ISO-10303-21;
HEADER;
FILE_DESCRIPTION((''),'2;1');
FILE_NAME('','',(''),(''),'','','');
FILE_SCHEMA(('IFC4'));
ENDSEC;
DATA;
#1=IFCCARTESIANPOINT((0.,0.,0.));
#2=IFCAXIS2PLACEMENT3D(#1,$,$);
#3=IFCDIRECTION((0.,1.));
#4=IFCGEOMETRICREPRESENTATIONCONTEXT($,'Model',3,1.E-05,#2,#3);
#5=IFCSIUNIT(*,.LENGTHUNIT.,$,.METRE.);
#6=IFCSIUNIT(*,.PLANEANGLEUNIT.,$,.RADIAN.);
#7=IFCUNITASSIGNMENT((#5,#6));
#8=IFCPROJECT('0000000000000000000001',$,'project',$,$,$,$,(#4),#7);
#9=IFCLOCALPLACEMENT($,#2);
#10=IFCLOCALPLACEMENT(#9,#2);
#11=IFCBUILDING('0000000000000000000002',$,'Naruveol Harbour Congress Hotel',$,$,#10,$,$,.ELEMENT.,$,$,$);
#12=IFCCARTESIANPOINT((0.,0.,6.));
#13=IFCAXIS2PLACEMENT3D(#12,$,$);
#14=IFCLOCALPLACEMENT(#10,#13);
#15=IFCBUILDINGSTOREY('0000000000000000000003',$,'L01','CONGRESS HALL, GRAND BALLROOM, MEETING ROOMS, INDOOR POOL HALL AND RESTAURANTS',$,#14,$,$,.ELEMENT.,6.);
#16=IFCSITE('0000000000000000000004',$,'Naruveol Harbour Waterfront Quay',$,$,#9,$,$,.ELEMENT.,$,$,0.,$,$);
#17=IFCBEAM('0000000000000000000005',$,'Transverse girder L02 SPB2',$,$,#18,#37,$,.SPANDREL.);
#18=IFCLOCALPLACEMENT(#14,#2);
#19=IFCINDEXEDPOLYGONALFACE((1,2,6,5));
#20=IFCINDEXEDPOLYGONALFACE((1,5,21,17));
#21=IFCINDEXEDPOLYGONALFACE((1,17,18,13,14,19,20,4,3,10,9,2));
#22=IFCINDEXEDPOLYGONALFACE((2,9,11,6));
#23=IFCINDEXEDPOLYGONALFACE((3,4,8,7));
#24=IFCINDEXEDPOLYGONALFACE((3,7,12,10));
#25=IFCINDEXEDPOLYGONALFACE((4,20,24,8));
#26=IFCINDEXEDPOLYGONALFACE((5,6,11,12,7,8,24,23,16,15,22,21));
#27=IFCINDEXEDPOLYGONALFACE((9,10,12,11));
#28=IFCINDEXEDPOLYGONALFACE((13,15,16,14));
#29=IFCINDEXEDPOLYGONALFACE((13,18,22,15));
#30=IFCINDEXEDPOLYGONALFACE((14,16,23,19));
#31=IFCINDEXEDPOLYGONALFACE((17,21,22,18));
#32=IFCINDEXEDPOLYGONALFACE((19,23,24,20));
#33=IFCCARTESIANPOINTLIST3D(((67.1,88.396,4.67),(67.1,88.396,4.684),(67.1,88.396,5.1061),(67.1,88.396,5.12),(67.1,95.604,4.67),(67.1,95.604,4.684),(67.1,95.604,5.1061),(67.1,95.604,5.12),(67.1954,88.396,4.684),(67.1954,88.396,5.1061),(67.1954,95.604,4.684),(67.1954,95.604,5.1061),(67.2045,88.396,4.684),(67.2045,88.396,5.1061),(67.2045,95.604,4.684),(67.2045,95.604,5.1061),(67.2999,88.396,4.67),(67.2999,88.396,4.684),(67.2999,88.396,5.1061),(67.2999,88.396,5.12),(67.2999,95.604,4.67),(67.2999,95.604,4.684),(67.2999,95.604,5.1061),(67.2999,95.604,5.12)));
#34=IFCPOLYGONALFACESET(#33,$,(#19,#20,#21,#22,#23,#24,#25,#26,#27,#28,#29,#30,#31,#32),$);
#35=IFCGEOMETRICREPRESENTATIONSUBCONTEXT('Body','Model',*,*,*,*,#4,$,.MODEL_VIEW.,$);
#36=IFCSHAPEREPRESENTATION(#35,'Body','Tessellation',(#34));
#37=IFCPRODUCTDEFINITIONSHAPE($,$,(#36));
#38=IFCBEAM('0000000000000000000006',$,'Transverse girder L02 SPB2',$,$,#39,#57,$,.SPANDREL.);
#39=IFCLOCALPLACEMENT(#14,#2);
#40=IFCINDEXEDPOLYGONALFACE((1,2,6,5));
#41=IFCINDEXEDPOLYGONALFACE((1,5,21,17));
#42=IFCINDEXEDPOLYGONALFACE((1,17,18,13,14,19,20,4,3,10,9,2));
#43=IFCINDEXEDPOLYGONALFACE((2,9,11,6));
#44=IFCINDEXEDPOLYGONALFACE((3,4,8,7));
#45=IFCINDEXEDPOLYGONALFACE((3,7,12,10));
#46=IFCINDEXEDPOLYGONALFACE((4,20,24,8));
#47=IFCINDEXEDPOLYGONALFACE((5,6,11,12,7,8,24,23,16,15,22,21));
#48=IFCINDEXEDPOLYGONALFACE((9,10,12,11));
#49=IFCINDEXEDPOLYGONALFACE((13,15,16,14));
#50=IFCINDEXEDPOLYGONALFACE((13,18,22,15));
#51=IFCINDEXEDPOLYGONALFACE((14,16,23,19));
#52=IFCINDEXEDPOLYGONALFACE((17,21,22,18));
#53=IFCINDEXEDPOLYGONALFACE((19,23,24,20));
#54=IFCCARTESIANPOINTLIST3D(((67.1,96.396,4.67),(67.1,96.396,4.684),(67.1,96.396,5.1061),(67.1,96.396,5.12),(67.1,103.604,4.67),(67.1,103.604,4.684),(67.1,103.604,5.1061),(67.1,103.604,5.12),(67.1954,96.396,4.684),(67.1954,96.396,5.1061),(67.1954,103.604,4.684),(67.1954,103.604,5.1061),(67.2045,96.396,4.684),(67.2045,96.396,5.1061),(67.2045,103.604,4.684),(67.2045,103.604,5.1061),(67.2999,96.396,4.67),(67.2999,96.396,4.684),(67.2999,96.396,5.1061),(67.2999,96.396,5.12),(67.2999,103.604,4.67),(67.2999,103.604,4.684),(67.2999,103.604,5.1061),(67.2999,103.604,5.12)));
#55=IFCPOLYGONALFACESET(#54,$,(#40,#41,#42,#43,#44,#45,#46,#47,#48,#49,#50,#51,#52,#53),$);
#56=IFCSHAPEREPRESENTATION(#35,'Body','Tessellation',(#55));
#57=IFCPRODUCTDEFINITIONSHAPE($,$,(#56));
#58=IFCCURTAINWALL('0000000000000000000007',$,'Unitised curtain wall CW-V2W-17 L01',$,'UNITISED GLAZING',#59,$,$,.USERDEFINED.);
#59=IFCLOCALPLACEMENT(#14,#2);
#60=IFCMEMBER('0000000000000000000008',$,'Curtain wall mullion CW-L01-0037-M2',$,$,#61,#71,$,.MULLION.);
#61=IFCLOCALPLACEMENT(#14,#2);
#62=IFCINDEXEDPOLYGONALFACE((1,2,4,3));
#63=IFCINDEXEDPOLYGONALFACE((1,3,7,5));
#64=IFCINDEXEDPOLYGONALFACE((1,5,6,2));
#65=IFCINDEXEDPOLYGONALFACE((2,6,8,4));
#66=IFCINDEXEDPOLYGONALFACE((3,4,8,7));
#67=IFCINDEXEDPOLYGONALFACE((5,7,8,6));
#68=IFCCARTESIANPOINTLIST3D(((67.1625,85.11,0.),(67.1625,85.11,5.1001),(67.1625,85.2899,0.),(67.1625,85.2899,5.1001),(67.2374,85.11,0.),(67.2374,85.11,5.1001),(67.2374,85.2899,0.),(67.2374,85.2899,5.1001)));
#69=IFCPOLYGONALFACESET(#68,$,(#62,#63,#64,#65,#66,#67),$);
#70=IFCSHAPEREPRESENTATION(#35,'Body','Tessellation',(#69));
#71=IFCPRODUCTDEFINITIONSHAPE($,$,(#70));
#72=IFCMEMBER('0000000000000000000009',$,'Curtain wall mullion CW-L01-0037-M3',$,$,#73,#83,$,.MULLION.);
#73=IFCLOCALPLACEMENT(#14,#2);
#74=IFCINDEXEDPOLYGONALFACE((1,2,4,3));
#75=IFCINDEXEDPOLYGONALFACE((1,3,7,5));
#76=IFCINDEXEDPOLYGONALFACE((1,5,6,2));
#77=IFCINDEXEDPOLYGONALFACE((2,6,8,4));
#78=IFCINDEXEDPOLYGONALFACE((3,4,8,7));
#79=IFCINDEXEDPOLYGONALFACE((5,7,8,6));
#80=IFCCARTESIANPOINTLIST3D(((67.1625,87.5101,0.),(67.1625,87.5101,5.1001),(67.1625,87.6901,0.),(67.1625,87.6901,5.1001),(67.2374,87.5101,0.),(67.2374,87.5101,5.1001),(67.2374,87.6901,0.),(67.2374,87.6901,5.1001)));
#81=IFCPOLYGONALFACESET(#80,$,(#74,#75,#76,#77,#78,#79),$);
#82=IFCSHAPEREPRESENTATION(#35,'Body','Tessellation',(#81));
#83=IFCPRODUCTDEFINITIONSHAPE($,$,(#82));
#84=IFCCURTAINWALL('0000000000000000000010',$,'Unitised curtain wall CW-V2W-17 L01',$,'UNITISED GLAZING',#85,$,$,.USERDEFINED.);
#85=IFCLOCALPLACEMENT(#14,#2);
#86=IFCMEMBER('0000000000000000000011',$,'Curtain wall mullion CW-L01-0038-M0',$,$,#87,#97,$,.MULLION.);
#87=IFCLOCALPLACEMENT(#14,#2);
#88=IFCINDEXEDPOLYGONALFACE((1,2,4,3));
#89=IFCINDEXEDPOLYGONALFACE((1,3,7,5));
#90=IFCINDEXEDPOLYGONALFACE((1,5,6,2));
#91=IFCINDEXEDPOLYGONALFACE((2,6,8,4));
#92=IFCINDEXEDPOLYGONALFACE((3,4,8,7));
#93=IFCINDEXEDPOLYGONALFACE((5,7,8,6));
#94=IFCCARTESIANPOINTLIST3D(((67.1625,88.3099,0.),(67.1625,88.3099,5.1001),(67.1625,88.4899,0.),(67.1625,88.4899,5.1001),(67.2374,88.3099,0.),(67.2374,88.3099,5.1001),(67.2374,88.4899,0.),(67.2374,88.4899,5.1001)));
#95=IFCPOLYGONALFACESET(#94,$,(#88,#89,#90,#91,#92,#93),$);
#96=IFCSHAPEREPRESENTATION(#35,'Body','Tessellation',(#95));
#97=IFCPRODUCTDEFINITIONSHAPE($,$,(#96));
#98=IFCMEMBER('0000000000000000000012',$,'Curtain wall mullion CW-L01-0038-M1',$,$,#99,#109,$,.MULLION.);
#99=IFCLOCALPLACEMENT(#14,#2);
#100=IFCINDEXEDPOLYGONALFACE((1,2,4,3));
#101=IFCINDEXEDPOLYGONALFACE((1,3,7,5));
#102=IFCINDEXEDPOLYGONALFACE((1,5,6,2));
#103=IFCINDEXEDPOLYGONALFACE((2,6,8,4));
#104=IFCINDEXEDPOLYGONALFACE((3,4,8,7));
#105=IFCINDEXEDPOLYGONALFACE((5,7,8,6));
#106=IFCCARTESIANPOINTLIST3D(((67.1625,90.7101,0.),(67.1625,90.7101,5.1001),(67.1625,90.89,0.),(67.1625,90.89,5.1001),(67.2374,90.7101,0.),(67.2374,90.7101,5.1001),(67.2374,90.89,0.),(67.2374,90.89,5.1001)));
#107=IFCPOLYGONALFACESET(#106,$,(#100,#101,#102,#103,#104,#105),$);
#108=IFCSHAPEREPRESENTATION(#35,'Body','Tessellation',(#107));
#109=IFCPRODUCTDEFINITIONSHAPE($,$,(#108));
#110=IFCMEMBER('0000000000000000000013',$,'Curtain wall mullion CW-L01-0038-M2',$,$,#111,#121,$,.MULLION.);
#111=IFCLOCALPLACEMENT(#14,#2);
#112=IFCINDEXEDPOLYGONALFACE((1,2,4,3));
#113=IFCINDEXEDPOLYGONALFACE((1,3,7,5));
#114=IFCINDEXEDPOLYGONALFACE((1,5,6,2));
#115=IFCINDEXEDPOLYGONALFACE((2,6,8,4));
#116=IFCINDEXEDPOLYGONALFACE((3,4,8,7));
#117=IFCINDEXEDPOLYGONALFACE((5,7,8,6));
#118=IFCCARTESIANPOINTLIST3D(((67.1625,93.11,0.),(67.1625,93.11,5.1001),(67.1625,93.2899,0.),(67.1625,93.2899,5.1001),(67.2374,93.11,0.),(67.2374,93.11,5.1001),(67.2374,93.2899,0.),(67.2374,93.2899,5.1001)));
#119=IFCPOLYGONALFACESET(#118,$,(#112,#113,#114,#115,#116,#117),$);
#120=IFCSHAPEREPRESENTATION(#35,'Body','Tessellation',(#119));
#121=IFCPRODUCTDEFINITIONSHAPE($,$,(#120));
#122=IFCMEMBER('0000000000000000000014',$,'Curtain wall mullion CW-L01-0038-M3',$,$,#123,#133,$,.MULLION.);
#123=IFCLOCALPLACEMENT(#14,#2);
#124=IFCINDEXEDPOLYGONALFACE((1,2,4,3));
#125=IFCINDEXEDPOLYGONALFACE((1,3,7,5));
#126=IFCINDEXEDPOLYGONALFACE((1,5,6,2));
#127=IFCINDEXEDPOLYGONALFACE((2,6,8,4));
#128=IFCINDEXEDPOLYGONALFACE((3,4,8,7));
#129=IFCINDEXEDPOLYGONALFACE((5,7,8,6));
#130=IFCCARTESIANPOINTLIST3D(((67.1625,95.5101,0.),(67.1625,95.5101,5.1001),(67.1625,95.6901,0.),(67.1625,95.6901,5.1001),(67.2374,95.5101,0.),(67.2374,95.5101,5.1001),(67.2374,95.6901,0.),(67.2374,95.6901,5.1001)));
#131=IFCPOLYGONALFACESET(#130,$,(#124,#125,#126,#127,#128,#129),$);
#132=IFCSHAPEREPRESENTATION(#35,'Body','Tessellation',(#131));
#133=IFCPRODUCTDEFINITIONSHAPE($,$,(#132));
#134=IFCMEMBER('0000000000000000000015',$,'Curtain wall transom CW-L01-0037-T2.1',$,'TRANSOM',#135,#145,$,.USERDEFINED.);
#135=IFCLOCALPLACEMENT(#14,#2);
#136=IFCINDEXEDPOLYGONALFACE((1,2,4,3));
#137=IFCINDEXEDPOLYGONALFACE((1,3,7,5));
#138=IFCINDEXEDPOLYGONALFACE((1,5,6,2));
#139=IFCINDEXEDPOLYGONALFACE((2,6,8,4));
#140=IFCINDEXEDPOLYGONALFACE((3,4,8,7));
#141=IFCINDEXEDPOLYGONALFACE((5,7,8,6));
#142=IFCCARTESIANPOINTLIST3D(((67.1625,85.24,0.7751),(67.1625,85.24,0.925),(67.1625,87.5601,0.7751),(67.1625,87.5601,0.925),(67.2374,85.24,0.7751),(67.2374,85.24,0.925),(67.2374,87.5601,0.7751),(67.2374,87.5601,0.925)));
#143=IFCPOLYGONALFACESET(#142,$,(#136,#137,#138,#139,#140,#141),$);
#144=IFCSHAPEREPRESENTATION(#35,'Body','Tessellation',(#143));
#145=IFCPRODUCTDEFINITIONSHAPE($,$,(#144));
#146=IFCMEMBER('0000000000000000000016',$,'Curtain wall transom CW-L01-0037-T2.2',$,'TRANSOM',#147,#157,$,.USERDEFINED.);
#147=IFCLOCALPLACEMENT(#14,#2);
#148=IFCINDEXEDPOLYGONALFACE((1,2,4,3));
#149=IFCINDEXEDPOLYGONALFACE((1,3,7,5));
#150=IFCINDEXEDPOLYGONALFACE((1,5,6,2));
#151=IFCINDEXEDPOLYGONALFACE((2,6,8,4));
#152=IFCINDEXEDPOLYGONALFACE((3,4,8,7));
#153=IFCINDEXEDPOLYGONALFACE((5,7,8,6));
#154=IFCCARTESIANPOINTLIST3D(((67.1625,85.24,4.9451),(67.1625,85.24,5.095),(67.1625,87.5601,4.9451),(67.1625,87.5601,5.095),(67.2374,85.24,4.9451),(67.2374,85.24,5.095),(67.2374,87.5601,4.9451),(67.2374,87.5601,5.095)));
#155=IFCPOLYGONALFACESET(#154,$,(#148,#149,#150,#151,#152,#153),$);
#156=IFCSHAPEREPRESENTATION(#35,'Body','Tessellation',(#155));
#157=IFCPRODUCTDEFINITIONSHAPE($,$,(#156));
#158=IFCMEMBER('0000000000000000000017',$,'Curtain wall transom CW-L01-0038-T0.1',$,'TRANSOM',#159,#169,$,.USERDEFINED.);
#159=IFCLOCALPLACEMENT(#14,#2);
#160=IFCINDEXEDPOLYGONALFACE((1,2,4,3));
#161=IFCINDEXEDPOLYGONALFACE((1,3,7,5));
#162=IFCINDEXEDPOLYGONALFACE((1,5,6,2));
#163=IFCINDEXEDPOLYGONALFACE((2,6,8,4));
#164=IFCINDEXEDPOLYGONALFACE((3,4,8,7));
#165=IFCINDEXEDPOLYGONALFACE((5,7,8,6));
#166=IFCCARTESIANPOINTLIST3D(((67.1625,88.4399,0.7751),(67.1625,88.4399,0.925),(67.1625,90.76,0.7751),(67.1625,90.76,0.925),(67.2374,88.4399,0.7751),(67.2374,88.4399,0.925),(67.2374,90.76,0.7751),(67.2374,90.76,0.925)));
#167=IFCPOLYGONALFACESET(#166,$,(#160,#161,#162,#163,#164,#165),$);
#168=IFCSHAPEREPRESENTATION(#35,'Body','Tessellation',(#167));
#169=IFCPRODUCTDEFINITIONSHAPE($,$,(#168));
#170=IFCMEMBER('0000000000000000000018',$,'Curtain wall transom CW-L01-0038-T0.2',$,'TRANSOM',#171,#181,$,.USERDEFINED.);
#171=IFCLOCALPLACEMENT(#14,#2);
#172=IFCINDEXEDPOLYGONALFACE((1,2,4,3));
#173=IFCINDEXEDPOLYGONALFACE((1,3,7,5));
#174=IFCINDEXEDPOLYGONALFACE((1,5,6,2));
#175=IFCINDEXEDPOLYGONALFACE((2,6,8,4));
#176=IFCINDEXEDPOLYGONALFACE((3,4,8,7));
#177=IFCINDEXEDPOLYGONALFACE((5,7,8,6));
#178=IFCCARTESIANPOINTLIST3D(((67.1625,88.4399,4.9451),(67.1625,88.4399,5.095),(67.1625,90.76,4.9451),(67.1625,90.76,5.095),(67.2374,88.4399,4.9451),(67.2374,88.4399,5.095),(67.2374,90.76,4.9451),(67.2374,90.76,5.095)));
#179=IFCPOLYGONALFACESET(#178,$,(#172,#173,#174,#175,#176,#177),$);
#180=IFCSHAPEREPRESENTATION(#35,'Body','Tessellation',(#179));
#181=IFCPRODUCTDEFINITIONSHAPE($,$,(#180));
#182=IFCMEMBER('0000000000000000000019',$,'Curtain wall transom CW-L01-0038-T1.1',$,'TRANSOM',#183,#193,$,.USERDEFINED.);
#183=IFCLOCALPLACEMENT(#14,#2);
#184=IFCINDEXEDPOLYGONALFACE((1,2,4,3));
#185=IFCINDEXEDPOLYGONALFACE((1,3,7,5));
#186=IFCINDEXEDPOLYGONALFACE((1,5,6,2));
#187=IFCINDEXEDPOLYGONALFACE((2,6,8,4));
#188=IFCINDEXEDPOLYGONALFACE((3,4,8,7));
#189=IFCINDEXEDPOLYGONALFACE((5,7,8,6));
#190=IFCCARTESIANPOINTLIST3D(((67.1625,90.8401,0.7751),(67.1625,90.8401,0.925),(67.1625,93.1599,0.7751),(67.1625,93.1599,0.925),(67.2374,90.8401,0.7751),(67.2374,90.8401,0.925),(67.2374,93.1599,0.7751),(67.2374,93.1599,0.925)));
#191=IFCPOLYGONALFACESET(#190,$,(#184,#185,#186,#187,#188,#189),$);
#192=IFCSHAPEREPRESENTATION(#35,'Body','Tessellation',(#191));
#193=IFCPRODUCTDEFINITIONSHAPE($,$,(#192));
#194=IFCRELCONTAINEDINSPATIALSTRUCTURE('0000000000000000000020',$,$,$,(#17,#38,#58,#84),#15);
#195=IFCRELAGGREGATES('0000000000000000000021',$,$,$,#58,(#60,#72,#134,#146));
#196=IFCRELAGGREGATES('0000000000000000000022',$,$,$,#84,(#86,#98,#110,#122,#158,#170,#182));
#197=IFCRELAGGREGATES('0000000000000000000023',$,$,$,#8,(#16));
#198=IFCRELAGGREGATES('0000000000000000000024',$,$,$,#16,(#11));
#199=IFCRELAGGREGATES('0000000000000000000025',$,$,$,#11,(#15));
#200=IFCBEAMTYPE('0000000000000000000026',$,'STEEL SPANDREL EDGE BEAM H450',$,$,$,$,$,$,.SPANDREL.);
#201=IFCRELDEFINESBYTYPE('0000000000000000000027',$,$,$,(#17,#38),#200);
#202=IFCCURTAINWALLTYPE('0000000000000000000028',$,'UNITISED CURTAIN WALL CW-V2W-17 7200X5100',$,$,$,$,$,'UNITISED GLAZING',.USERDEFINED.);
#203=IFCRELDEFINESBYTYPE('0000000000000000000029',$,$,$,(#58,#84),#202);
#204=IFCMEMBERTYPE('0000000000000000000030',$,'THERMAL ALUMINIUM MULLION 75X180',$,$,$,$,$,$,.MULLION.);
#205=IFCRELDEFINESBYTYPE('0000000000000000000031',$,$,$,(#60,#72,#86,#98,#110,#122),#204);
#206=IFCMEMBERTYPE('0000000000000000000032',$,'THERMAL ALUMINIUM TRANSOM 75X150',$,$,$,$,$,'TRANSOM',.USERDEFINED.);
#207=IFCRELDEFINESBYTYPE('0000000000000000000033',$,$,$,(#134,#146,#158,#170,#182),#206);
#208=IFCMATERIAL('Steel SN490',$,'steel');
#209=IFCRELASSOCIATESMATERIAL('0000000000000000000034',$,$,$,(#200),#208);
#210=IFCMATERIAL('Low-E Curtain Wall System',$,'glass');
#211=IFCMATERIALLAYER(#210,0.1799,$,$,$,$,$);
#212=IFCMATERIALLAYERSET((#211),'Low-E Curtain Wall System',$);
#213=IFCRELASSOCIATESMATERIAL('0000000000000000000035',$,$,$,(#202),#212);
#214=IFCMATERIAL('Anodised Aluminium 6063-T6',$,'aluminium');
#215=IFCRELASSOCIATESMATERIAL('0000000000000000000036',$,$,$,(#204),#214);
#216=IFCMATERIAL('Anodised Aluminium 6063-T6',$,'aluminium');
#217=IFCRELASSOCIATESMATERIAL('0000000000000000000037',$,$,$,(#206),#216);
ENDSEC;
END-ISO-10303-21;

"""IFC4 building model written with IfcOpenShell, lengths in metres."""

from ifc_helpers import new_model, si_unit, direction, frame, origin, origin_2d, place, context, subcontext, project, spatial, rectangle, i_section, extrude, material, layer, layer_set, material_profile, profile_set, type_object, element, aggregate, save


model = new_model("IFC4")

# Units and contexts
model_context = context("Model", 3, precision=1e-05, world=origin(), true_north=direction((0.0, 1.0)))
body_context = subcontext(model_context, "Body", "Model", "MODEL_VIEW")
ifc_project = project(units=[si_unit("LENGTHUNIT", "METRE"), si_unit("PLANEANGLEUNIT", "RADIAN")], contexts=[model_context])

# Site, building, storey
site_placement = place(None, origin())
site = spatial("IfcSite", under=ifc_project, at=site_placement, Name="Naruveol Harbour Waterfront Quay", CompositionType="ELEMENT", RefElevation=0.0)
building_placement = place(site_placement, origin())
building = spatial("IfcBuilding", under=site, at=building_placement, Name="Naruveol Harbour Congress Hotel", CompositionType="ELEMENT")
storey_placement = place(building_placement, frame((0.0, 0.0, 6.0)))
storey = spatial("IfcBuildingStorey", under=building, at=storey_placement, Name="L01", Description="CONGRESS HALL, GRAND BALLROOM, MEETING ROOMS, INDOOR POOL HALL AND RESTAURANTS", CompositionType="ELEMENT", Elevation=6.0)

# Beams
ifc_material_1 = material(Name="Steel SN490", Category="steel")
ifc_material_profile_1 = material_profile(ifc_material_1, i_section(OverallWidth=0.2, OverallDepth=0.45, WebThickness=0.009, FlangeThickness=0.0139, at=origin_2d()), Name="H-450x200x9x14")
ifc_profile_set_1 = profile_set([ifc_material_profile_1], Name="Steel SN490")
beam_type_1 = type_object("IfcBeamType", Name="STEEL SPANDREL EDGE BEAM H450", PredefinedType="SPANDREL", material=ifc_profile_set_1)
for number, where, z_axis, x_axis, name in (
    (1, (67.2, 88.396, 4.895), (0.0, 1.0, 0.0), (-1.0, 0.0, 0.0), "Transverse girder L02 SPB2"),
    (2, (67.2, 96.396, 4.895), (0.0, 1.0, 0.0), (-1.0, 0.0, 0.0), "Transverse girder L02 SPB2"),
):
    element("IfcBeam", number, at=place(storey_placement, frame(where, z_axis=z_axis, x_axis=x_axis)), inside=storey, type_object=beam_type_1, Name=name, PredefinedType="SPANDREL", context=body_context, shape_type="SweptSolid", body=[
        extrude(i_section(OverallWidth=0.2, OverallDepth=0.45, WebThickness=0.009, FlangeThickness=0.0139, at=origin_2d()), origin(), (0.0, 0.0, 1.0), 7.208),
    ])

# Curtain walls, members
ifc_material_2 = material(Name="Low-E Curtain Wall System", Category="glass")
ifc_layer_1 = layer(ifc_material_2, 0.1799)
ifc_layer_set_1 = layer_set([ifc_layer_1], Name="Low-E Curtain Wall System")
curtain_wall_type = type_object("IfcCurtainWallType", Name="UNITISED CURTAIN WALL CW-V2W-17 7200X5100", ElementType="UNITISED GLAZING", PredefinedType="USERDEFINED", material=ifc_layer_set_1)
curtain_wall_1_placement = place(storey_placement, origin())
curtain_wall_1 = element("IfcCurtainWall", 3, at=curtain_wall_1_placement, inside=storey, type_object=curtain_wall_type, Name="Unitised curtain wall CW-V2W-17 L01", ObjectType="UNITISED GLAZING", PredefinedType="USERDEFINED")
ifc_material_3 = material(Name="Anodised Aluminium 6063-T6", Category="aluminium")
ifc_material_profile_2 = material_profile(ifc_material_3, rectangle(XDim=0.075, YDim=0.1799, at=origin_2d()), Name="ALU-75x180")
ifc_profile_set_2 = profile_set([ifc_material_profile_2], Name="Anodised Aluminium 6063-T6")
member_type_1 = type_object("IfcMemberType", Name="THERMAL ALUMINIUM MULLION 75X180", PredefinedType="MULLION", material=ifc_profile_set_2)
member_1_placement = place(storey_placement, frame((67.2, 85.2, 0.0), z_axis=(0.0, 0.0, 1.0), x_axis=(1.0, 0.0, 0.0)))
member_1 = element("IfcMember", 4, at=member_1_placement, type_object=member_type_1, Name="Curtain wall mullion CW-L01-0037-M2", PredefinedType="MULLION", context=body_context, shape_type="SweptSolid", body=[
    extrude(rectangle(XDim=0.075, YDim=0.1799, at=origin_2d()), origin(), (0.0, 0.0, 1.0), 5.1001),
])
member_2_placement = place(storey_placement, frame((67.2, 87.6001, 0.0), z_axis=(0.0, 0.0, 1.0), x_axis=(1.0, 0.0, 0.0)))
member_2 = element("IfcMember", 5, at=member_2_placement, type_object=member_type_1, Name="Curtain wall mullion CW-L01-0037-M3", PredefinedType="MULLION", context=body_context, shape_type="SweptSolid", body=[
    extrude(rectangle(XDim=0.075, YDim=0.1799, at=origin_2d()), origin(), (0.0, 0.0, 1.0), 5.1001),
])
curtain_wall_2_placement = place(storey_placement, origin())
curtain_wall_2 = element("IfcCurtainWall", 6, at=curtain_wall_2_placement, inside=storey, type_object=curtain_wall_type, Name="Unitised curtain wall CW-V2W-17 L01", ObjectType="UNITISED GLAZING", PredefinedType="USERDEFINED")
member_3_placement = place(storey_placement, frame((67.2, 88.3999, 0.0), z_axis=(0.0, 0.0, 1.0), x_axis=(1.0, 0.0, 0.0)))
member_3 = element("IfcMember", 7, at=member_3_placement, type_object=member_type_1, Name="Curtain wall mullion CW-L01-0038-M0", PredefinedType="MULLION", context=body_context, shape_type="SweptSolid", body=[
    extrude(rectangle(XDim=0.075, YDim=0.1799, at=origin_2d()), origin(), (0.0, 0.0, 1.0), 5.1001),
])
member_4_placement = place(storey_placement, frame((67.2, 90.8, 0.0), z_axis=(0.0, 0.0, 1.0), x_axis=(1.0, 0.0, 0.0)))
member_4 = element("IfcMember", 8, at=member_4_placement, type_object=member_type_1, Name="Curtain wall mullion CW-L01-0038-M1", PredefinedType="MULLION", context=body_context, shape_type="SweptSolid", body=[
    extrude(rectangle(XDim=0.075, YDim=0.1799, at=origin_2d()), origin(), (0.0, 0.0, 1.0), 5.1001),
])
member_5_placement = place(storey_placement, frame((67.2, 93.2, 0.0), z_axis=(0.0, 0.0, 1.0), x_axis=(1.0, 0.0, 0.0)))
member_5 = element("IfcMember", 9, at=member_5_placement, type_object=member_type_1, Name="Curtain wall mullion CW-L01-0038-M2", PredefinedType="MULLION", context=body_context, shape_type="SweptSolid", body=[
    extrude(rectangle(XDim=0.075, YDim=0.1799, at=origin_2d()), origin(), (0.0, 0.0, 1.0), 5.1001),
])
member_6_placement = place(storey_placement, frame((67.2, 95.6001, 0.0), z_axis=(0.0, 0.0, 1.0), x_axis=(1.0, 0.0, 0.0)))
member_6 = element("IfcMember", 10, at=member_6_placement, type_object=member_type_1, Name="Curtain wall mullion CW-L01-0038-M3", PredefinedType="MULLION", context=body_context, shape_type="SweptSolid", body=[
    extrude(rectangle(XDim=0.075, YDim=0.1799, at=origin_2d()), origin(), (0.0, 0.0, 1.0), 5.1001),
])

# Members
ifc_material_4 = material(Name="Anodised Aluminium 6063-T6", Category="aluminium")
ifc_material_profile_3 = material_profile(ifc_material_4, rectangle(XDim=0.075, YDim=0.1499, at=origin_2d()), Name="ALU-75x150")
ifc_profile_set_3 = profile_set([ifc_material_profile_3], Name="Anodised Aluminium 6063-T6")
member_type_2 = type_object("IfcMemberType", Name="THERMAL ALUMINIUM TRANSOM 75X150", ElementType="TRANSOM", PredefinedType="USERDEFINED", material=ifc_profile_set_3)
member_7_placement = place(storey_placement, frame((67.2, 85.24, 0.8501), z_axis=(0.0, 1.0, 0.0), x_axis=(-1.0, 0.0, 0.0)))
member_7 = element("IfcMember", 11, at=member_7_placement, type_object=member_type_2, Name="Curtain wall transom CW-L01-0037-T2.1", ObjectType="TRANSOM", PredefinedType="USERDEFINED", context=body_context, shape_type="SweptSolid", body=[
    extrude(rectangle(XDim=0.075, YDim=0.1499, at=origin_2d()), origin(), (0.0, 0.0, 1.0), 2.3201),
])
member_8_placement = place(storey_placement, frame((67.2, 85.24, 5.02), z_axis=(0.0, 1.0, 0.0), x_axis=(-1.0, 0.0, 0.0)))
member_8 = element("IfcMember", 12, at=member_8_placement, type_object=member_type_2, Name="Curtain wall transom CW-L01-0037-T2.2", ObjectType="TRANSOM", PredefinedType="USERDEFINED", context=body_context, shape_type="SweptSolid", body=[
    extrude(rectangle(XDim=0.075, YDim=0.1499, at=origin_2d()), origin(), (0.0, 0.0, 1.0), 2.3201),
])
aggregate(curtain_wall_1, [member_1, member_2, member_7, member_8])
member_9_placement = place(storey_placement, frame((67.2, 88.4399, 0.8501), z_axis=(0.0, 1.0, 0.0), x_axis=(-1.0, 0.0, 0.0)))
member_9 = element("IfcMember", 13, at=member_9_placement, type_object=member_type_2, Name="Curtain wall transom CW-L01-0038-T0.1", ObjectType="TRANSOM", PredefinedType="USERDEFINED", context=body_context, shape_type="SweptSolid", body=[
    extrude(rectangle(XDim=0.075, YDim=0.1499, at=origin_2d()), origin(), (0.0, 0.0, 1.0), 2.3201),
])
member_10_placement = place(storey_placement, frame((67.2, 88.4399, 5.02), z_axis=(0.0, 1.0, 0.0), x_axis=(-1.0, 0.0, 0.0)))
member_10 = element("IfcMember", 14, at=member_10_placement, type_object=member_type_2, Name="Curtain wall transom CW-L01-0038-T0.2", ObjectType="TRANSOM", PredefinedType="USERDEFINED", context=body_context, shape_type="SweptSolid", body=[
    extrude(rectangle(XDim=0.075, YDim=0.1499, at=origin_2d()), origin(), (0.0, 0.0, 1.0), 2.3201),
])
member_11_placement = place(storey_placement, frame((67.2, 90.8401, 0.8501), z_axis=(0.0, 1.0, 0.0), x_axis=(-1.0, 0.0, 0.0)))
member_11 = element("IfcMember", 15, at=member_11_placement, type_object=member_type_2, Name="Curtain wall transom CW-L01-0038-T1.1", ObjectType="TRANSOM", PredefinedType="USERDEFINED", context=body_context, shape_type="SweptSolid", body=[
    extrude(rectangle(XDim=0.075, YDim=0.1499, at=origin_2d()), origin(), (0.0, 0.0, 1.0), 2.3198),
])

aggregate(curtain_wall_2, [member_3, member_4, member_5, member_6, member_9, member_10, member_11])

save(model, "model.ifc")
